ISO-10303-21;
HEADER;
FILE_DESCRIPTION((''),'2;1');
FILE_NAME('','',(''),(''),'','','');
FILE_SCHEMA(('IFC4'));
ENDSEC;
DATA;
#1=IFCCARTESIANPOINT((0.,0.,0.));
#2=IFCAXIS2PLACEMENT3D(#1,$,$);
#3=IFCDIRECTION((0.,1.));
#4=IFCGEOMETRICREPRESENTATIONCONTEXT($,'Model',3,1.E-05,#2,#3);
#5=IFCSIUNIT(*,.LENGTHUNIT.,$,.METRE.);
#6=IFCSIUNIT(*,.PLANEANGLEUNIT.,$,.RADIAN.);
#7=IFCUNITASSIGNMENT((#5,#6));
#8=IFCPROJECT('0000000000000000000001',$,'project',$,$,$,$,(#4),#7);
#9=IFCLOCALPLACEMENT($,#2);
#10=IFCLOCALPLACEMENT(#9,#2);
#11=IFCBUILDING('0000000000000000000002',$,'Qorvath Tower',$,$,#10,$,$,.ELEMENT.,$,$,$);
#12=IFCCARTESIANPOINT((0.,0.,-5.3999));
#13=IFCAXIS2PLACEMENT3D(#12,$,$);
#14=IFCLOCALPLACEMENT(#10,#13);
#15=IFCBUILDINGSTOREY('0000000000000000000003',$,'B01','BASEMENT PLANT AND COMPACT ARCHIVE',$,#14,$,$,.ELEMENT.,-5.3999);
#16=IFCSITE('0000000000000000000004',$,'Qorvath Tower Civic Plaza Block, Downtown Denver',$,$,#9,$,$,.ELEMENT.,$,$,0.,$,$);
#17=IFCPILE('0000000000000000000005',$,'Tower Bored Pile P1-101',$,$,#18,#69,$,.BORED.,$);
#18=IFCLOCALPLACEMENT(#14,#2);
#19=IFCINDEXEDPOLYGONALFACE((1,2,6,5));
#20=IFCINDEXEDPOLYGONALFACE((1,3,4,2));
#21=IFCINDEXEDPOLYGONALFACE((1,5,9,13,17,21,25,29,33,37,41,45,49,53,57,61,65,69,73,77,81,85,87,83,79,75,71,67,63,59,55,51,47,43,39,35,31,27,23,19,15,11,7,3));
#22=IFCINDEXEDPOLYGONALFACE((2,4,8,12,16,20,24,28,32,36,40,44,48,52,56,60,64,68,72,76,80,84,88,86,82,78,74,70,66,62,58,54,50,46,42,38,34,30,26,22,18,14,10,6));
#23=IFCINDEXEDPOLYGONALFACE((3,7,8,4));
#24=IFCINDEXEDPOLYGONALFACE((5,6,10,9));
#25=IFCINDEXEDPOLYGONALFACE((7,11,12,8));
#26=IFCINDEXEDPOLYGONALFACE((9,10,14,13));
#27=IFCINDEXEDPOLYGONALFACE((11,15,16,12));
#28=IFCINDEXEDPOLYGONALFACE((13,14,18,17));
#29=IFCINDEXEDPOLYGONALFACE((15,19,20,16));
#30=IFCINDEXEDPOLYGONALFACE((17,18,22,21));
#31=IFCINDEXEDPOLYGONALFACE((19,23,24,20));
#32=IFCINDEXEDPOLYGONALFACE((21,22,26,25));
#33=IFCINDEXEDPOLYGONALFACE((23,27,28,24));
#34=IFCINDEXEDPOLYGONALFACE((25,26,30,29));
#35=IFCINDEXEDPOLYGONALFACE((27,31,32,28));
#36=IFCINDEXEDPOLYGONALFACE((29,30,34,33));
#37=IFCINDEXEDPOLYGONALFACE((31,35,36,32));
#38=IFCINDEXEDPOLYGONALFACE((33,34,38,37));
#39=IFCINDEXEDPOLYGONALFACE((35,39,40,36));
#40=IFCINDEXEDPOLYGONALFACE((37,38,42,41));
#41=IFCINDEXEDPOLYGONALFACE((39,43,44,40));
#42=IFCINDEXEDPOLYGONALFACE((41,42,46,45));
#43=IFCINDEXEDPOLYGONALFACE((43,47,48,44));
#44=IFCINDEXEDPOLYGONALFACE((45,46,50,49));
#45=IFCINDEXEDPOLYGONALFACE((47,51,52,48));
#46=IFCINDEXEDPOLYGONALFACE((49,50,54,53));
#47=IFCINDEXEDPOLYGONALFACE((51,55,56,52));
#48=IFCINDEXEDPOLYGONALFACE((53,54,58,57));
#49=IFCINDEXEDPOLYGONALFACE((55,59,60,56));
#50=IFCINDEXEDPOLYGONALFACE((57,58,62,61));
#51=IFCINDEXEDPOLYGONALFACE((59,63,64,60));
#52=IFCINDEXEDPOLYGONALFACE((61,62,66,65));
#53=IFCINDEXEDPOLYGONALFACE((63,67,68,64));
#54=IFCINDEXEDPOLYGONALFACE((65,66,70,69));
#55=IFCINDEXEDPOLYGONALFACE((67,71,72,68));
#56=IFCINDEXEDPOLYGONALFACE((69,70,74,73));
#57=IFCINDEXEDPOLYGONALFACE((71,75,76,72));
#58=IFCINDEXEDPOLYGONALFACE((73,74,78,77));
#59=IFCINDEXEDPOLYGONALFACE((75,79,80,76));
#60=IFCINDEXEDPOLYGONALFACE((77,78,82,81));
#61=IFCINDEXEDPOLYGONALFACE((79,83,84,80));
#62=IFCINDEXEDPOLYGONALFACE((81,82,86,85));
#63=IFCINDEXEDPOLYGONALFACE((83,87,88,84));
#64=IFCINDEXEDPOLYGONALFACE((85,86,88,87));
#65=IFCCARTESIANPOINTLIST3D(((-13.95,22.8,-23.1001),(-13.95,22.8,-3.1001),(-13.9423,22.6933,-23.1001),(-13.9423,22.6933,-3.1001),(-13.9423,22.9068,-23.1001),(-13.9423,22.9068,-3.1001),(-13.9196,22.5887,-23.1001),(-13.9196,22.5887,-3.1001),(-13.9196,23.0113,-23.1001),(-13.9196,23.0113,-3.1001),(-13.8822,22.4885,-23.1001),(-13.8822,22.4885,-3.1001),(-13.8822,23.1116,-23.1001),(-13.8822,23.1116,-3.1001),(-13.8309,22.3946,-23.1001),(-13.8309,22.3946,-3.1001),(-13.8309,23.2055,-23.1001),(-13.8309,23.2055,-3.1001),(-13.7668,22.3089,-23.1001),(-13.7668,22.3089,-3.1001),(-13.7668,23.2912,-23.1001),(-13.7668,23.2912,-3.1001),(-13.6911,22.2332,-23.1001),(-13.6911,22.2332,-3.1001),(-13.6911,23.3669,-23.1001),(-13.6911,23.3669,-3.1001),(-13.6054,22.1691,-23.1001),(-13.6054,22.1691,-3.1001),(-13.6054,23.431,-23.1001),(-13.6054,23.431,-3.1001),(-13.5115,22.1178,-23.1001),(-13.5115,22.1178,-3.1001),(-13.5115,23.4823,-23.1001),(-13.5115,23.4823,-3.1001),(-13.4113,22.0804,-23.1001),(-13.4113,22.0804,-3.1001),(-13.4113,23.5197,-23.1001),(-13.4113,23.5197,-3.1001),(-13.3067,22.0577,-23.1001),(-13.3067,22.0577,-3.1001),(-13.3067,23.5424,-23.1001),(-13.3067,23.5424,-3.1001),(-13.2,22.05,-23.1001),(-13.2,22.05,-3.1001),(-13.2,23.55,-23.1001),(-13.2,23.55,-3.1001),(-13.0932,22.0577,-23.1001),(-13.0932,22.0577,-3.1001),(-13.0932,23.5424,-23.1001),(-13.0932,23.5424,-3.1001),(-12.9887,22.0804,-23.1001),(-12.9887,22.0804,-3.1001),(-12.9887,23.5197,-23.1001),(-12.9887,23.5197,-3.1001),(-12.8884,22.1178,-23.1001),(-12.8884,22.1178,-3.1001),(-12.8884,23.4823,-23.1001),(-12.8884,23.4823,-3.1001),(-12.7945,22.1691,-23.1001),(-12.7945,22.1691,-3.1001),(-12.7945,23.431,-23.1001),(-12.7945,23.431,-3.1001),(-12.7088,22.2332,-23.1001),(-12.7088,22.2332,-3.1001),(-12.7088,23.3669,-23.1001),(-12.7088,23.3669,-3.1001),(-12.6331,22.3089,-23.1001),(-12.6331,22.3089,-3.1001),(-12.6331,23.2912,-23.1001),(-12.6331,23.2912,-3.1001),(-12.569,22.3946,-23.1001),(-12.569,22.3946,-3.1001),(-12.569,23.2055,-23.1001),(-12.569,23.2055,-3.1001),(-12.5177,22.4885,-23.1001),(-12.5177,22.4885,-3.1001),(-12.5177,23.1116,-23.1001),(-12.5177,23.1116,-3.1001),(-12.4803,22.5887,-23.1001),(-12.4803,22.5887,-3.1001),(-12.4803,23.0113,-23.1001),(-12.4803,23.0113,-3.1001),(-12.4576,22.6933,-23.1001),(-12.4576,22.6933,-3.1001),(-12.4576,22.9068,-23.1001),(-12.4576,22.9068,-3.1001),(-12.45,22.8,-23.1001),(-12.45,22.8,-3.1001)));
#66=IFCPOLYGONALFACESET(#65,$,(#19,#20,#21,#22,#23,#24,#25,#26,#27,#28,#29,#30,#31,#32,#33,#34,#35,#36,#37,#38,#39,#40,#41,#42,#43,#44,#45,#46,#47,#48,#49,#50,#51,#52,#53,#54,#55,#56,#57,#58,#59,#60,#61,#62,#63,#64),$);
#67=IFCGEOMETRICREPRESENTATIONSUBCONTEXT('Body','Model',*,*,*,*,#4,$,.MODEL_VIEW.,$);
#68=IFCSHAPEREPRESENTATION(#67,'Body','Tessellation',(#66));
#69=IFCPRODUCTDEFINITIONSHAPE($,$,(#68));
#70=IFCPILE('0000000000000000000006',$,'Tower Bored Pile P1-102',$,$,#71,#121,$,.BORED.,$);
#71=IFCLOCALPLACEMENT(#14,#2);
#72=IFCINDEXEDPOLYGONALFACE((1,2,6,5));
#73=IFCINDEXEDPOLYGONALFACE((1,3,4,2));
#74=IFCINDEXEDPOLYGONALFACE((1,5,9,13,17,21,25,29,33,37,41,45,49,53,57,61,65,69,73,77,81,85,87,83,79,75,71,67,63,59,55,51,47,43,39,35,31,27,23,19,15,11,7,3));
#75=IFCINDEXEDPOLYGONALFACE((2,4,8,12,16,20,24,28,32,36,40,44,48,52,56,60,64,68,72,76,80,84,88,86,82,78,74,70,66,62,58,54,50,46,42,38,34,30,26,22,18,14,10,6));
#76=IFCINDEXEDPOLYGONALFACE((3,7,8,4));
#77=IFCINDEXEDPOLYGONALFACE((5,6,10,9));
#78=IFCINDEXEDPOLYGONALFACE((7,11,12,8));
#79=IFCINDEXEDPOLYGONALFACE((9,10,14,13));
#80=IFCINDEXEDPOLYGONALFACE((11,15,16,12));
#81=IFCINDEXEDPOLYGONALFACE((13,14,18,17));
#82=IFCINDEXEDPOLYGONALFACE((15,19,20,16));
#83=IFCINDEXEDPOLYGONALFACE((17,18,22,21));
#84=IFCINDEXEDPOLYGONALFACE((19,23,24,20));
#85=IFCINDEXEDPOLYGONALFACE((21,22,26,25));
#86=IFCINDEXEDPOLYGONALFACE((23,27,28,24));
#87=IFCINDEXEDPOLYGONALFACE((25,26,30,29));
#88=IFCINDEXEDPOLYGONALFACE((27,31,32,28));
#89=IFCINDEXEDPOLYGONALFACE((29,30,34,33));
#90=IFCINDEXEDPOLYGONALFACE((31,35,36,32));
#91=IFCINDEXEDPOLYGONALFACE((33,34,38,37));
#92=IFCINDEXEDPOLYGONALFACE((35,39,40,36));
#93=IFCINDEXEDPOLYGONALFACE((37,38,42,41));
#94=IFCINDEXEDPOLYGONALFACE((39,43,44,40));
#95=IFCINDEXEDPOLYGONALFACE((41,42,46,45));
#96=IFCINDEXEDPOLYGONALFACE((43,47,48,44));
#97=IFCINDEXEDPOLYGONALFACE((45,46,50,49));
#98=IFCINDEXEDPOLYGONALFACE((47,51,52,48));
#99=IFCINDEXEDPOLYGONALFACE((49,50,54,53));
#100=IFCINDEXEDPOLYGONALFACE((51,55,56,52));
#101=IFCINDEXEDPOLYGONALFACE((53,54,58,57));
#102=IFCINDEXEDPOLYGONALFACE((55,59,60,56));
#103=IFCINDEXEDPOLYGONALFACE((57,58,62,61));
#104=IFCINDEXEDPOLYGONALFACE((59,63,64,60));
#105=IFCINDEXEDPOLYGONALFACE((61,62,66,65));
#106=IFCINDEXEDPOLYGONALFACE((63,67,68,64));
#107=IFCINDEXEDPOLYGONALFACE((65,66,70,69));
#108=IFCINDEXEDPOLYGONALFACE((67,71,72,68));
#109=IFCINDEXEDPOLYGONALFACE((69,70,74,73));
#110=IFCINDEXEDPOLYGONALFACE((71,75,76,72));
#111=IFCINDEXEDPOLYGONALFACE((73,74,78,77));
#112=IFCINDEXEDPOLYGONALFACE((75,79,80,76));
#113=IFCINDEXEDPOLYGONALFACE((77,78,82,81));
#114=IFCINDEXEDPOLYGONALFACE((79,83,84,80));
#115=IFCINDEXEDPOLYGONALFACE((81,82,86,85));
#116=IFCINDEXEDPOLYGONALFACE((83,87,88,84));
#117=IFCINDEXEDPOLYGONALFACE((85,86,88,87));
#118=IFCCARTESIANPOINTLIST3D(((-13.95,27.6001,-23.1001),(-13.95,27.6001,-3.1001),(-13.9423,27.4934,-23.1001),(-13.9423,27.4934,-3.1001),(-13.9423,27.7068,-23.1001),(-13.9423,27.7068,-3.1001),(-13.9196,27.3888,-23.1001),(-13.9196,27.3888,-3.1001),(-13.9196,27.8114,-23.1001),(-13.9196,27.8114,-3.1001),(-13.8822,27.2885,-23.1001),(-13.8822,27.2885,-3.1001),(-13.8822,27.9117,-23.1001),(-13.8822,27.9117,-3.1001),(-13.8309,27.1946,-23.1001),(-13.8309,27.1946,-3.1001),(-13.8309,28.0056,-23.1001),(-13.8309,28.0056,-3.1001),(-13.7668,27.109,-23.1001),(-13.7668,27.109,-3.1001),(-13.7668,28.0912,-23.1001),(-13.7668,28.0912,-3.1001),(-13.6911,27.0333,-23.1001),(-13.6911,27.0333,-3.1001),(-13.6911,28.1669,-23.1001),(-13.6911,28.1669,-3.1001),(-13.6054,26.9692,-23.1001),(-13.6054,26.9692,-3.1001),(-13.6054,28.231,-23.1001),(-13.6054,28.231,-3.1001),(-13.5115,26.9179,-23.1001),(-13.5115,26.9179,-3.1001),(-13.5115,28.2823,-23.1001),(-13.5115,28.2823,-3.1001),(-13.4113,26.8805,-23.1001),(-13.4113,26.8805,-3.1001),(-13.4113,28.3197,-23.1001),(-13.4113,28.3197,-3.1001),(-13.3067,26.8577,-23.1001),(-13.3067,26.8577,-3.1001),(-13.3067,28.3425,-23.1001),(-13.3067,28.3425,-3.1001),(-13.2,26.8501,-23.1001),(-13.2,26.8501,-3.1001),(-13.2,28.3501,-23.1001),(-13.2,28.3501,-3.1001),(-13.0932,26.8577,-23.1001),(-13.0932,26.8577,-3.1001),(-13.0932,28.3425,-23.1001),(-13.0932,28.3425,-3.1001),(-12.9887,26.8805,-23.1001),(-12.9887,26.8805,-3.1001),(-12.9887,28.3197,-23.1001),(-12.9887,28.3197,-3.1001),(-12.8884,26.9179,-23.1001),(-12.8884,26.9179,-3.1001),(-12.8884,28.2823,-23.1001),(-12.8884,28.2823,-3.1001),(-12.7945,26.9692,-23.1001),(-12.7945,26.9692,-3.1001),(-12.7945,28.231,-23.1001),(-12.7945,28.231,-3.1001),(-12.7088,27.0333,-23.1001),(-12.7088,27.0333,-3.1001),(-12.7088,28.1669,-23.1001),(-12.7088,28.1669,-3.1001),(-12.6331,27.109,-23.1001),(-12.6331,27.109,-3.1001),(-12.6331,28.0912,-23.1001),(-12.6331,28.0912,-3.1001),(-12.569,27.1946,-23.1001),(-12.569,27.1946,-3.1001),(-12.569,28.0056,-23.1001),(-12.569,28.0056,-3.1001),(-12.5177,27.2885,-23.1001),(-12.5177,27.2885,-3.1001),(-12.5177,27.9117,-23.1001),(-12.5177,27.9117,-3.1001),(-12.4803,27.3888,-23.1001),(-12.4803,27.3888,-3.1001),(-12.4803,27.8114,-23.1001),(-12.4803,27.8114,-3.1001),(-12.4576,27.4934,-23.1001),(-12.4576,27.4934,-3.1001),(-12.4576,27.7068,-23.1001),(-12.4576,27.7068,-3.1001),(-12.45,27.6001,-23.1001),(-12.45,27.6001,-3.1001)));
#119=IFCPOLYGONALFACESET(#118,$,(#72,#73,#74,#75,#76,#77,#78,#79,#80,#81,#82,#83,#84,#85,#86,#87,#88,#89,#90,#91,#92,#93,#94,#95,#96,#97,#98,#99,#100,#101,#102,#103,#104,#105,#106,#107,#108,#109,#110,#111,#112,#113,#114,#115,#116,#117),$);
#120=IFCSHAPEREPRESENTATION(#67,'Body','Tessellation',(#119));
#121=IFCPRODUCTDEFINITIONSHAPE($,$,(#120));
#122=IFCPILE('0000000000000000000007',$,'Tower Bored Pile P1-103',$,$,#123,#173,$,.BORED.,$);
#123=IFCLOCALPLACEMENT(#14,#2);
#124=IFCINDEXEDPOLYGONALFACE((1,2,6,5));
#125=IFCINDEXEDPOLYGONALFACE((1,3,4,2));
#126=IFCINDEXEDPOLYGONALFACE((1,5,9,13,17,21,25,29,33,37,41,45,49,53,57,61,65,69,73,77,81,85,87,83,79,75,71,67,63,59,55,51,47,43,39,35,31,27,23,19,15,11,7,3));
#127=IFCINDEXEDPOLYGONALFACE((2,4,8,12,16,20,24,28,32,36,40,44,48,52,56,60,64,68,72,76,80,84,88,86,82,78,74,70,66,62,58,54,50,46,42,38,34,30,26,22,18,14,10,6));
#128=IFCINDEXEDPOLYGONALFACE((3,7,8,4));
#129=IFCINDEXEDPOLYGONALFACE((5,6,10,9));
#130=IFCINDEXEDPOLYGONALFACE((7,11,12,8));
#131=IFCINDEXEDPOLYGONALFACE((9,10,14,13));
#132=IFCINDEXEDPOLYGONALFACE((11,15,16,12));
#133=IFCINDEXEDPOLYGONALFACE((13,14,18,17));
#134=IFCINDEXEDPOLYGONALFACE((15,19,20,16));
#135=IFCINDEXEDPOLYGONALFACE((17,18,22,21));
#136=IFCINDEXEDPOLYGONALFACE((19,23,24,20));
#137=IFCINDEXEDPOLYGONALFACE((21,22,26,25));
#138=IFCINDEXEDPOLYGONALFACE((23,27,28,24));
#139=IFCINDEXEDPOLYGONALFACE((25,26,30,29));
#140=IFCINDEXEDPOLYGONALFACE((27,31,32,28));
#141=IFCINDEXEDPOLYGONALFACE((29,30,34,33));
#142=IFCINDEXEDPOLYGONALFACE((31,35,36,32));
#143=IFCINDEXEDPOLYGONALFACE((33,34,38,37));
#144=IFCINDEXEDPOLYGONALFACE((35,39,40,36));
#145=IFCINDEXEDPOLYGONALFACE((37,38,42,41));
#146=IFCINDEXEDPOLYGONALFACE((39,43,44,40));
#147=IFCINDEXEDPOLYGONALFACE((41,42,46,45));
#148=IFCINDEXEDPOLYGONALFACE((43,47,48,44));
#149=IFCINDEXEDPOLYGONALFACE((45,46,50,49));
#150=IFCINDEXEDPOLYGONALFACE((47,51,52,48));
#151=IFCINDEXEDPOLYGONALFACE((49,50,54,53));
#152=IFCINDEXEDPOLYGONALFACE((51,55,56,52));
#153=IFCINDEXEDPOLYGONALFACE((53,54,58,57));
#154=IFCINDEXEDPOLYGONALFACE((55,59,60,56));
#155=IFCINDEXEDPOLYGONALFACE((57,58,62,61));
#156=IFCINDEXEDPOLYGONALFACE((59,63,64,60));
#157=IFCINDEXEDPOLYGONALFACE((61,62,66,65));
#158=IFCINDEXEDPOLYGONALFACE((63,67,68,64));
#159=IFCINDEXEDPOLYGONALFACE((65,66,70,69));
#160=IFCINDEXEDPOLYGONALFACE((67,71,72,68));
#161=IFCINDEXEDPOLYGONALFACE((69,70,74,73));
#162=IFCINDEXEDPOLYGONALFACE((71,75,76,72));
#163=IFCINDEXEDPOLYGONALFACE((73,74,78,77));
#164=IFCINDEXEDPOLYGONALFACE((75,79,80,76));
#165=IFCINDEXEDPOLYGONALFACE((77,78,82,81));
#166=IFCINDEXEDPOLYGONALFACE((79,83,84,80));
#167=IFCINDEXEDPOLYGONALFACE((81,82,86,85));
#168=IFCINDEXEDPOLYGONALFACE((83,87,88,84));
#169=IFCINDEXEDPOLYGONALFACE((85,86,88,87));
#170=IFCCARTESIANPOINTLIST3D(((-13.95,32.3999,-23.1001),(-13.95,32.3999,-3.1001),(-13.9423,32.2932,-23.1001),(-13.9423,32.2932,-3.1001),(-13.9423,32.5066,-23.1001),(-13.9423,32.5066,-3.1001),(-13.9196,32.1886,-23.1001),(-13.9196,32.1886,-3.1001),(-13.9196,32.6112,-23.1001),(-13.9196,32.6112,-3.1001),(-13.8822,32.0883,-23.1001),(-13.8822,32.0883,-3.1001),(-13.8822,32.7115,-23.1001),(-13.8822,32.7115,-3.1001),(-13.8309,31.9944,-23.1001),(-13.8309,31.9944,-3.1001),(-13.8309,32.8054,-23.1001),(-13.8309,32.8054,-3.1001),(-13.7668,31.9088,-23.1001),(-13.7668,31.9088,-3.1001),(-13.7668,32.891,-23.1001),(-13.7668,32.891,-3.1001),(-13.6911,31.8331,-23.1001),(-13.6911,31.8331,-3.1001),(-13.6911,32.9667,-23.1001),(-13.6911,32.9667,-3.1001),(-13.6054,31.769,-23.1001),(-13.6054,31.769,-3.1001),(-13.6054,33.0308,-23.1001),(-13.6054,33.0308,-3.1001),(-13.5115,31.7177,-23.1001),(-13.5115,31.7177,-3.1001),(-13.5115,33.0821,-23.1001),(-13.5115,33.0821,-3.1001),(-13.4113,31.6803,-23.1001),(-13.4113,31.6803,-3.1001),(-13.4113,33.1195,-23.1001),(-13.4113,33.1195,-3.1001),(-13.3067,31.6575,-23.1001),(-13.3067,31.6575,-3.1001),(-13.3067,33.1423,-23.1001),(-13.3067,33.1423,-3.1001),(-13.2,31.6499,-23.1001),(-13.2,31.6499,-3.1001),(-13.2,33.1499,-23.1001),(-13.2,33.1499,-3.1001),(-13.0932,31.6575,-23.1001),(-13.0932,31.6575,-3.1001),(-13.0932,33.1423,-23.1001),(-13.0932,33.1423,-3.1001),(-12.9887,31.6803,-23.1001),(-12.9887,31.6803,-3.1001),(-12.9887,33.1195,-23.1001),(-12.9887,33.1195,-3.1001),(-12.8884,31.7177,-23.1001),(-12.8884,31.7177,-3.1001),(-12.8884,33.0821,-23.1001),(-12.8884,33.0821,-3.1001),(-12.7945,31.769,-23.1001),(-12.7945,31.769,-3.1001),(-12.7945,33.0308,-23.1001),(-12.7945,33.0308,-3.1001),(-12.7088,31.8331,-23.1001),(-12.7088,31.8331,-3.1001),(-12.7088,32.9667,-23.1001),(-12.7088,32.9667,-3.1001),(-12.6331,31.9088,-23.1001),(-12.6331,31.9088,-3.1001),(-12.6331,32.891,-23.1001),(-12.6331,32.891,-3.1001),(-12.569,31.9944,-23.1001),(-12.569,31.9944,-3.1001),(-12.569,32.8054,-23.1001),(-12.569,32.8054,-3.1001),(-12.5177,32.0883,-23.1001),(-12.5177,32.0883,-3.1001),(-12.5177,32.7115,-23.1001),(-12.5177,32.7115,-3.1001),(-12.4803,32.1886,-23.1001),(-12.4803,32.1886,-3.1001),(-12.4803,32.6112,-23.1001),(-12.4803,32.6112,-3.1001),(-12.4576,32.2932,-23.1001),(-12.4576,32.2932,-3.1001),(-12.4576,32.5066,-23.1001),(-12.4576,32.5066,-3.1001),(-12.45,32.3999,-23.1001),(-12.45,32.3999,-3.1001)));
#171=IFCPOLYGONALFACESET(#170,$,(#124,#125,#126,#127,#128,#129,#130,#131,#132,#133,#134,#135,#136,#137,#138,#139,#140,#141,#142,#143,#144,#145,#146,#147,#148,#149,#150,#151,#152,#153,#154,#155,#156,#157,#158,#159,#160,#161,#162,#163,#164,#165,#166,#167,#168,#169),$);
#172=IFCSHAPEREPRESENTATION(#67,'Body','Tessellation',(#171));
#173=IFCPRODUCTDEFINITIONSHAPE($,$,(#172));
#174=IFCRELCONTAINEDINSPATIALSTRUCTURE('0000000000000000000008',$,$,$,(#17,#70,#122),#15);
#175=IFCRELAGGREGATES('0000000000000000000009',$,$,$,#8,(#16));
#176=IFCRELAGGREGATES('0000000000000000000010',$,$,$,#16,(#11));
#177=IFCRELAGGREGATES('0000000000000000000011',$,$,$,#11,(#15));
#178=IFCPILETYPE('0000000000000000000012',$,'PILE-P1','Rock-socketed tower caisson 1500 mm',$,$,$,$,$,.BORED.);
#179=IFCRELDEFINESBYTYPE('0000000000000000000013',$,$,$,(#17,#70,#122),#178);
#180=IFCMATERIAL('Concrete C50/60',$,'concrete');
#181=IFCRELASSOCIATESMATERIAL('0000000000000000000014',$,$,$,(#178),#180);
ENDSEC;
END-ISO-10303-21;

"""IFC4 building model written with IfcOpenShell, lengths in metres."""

from ifc_helpers import new_model, si_unit, direction, frame, origin, origin_2d, place, context, subcontext, project, spatial, circle, extrude, material, material_profile, profile_set, type_object, element, save


model = new_model("IFC4")

# Units and contexts
model_context = context("Model", 3, precision=1e-05, world=origin(), true_north=direction((0.0, 1.0)))
body_context = subcontext(model_context, "Body", "Model", "MODEL_VIEW")
ifc_project = project(units=[si_unit("LENGTHUNIT", "METRE"), si_unit("PLANEANGLEUNIT", "RADIAN")], contexts=[model_context])

# Site, building, storey
site_placement = place(None, origin())
site = spatial("IfcSite", under=ifc_project, at=site_placement, Name="Qorvath Tower Civic Plaza Block, Downtown Denver", CompositionType="ELEMENT", RefElevation=0.0)
building_placement = place(site_placement, origin())
building = spatial("IfcBuilding", under=site, at=building_placement, Name="Qorvath Tower", CompositionType="ELEMENT")
storey_placement = place(building_placement, frame((0.0, 0.0, -5.3999)))
storey = spatial("IfcBuildingStorey", under=building, at=storey_placement, Name="B01", Description="BASEMENT PLANT AND COMPACT ARCHIVE", CompositionType="ELEMENT", Elevation=-5.3999)

# Piles
ifc_material_1 = material(Name="Concrete C50/60", Category="concrete")
ifc_material_profile_1 = material_profile(ifc_material_1, circle(Radius=0.75, at=origin_2d()), Name="BORED PILE 1500")
ifc_profile_set_1 = profile_set([ifc_material_profile_1], Name="Concrete C50/60")
pile_type = type_object("IfcPileType", Name="PILE-P1", Description="Rock-socketed tower caisson 1500 mm", PredefinedType="BORED", material=ifc_profile_set_1)
for number, where, z_axis, x_axis, name in (
    (1, (-13.2, 22.8, -3.1001), (0.0, 0.0, -1.0), (1.0, 0.0, 0.0), "Tower Bored Pile P1-101"),
    (2, (-13.2, 27.6001, -3.1001), (0.0, 0.0, -1.0), (1.0, 0.0, 0.0), "Tower Bored Pile P1-102"),
    (3, (-13.2, 32.3999, -3.1001), (0.0, 0.0, -1.0), (1.0, 0.0, 0.0), "Tower Bored Pile P1-103"),
):
    element("IfcPile", number, at=place(storey_placement, frame(where, z_axis=z_axis, x_axis=x_axis)), inside=storey, type_object=pile_type, Name=name, PredefinedType="BORED", context=body_context, shape_type="SweptSolid", body=[
        extrude(circle(Radius=0.75, at=origin_2d()), origin(), (0.0, 0.0, 1.0), 20.0),
    ])

save(model, "model.ifc")
